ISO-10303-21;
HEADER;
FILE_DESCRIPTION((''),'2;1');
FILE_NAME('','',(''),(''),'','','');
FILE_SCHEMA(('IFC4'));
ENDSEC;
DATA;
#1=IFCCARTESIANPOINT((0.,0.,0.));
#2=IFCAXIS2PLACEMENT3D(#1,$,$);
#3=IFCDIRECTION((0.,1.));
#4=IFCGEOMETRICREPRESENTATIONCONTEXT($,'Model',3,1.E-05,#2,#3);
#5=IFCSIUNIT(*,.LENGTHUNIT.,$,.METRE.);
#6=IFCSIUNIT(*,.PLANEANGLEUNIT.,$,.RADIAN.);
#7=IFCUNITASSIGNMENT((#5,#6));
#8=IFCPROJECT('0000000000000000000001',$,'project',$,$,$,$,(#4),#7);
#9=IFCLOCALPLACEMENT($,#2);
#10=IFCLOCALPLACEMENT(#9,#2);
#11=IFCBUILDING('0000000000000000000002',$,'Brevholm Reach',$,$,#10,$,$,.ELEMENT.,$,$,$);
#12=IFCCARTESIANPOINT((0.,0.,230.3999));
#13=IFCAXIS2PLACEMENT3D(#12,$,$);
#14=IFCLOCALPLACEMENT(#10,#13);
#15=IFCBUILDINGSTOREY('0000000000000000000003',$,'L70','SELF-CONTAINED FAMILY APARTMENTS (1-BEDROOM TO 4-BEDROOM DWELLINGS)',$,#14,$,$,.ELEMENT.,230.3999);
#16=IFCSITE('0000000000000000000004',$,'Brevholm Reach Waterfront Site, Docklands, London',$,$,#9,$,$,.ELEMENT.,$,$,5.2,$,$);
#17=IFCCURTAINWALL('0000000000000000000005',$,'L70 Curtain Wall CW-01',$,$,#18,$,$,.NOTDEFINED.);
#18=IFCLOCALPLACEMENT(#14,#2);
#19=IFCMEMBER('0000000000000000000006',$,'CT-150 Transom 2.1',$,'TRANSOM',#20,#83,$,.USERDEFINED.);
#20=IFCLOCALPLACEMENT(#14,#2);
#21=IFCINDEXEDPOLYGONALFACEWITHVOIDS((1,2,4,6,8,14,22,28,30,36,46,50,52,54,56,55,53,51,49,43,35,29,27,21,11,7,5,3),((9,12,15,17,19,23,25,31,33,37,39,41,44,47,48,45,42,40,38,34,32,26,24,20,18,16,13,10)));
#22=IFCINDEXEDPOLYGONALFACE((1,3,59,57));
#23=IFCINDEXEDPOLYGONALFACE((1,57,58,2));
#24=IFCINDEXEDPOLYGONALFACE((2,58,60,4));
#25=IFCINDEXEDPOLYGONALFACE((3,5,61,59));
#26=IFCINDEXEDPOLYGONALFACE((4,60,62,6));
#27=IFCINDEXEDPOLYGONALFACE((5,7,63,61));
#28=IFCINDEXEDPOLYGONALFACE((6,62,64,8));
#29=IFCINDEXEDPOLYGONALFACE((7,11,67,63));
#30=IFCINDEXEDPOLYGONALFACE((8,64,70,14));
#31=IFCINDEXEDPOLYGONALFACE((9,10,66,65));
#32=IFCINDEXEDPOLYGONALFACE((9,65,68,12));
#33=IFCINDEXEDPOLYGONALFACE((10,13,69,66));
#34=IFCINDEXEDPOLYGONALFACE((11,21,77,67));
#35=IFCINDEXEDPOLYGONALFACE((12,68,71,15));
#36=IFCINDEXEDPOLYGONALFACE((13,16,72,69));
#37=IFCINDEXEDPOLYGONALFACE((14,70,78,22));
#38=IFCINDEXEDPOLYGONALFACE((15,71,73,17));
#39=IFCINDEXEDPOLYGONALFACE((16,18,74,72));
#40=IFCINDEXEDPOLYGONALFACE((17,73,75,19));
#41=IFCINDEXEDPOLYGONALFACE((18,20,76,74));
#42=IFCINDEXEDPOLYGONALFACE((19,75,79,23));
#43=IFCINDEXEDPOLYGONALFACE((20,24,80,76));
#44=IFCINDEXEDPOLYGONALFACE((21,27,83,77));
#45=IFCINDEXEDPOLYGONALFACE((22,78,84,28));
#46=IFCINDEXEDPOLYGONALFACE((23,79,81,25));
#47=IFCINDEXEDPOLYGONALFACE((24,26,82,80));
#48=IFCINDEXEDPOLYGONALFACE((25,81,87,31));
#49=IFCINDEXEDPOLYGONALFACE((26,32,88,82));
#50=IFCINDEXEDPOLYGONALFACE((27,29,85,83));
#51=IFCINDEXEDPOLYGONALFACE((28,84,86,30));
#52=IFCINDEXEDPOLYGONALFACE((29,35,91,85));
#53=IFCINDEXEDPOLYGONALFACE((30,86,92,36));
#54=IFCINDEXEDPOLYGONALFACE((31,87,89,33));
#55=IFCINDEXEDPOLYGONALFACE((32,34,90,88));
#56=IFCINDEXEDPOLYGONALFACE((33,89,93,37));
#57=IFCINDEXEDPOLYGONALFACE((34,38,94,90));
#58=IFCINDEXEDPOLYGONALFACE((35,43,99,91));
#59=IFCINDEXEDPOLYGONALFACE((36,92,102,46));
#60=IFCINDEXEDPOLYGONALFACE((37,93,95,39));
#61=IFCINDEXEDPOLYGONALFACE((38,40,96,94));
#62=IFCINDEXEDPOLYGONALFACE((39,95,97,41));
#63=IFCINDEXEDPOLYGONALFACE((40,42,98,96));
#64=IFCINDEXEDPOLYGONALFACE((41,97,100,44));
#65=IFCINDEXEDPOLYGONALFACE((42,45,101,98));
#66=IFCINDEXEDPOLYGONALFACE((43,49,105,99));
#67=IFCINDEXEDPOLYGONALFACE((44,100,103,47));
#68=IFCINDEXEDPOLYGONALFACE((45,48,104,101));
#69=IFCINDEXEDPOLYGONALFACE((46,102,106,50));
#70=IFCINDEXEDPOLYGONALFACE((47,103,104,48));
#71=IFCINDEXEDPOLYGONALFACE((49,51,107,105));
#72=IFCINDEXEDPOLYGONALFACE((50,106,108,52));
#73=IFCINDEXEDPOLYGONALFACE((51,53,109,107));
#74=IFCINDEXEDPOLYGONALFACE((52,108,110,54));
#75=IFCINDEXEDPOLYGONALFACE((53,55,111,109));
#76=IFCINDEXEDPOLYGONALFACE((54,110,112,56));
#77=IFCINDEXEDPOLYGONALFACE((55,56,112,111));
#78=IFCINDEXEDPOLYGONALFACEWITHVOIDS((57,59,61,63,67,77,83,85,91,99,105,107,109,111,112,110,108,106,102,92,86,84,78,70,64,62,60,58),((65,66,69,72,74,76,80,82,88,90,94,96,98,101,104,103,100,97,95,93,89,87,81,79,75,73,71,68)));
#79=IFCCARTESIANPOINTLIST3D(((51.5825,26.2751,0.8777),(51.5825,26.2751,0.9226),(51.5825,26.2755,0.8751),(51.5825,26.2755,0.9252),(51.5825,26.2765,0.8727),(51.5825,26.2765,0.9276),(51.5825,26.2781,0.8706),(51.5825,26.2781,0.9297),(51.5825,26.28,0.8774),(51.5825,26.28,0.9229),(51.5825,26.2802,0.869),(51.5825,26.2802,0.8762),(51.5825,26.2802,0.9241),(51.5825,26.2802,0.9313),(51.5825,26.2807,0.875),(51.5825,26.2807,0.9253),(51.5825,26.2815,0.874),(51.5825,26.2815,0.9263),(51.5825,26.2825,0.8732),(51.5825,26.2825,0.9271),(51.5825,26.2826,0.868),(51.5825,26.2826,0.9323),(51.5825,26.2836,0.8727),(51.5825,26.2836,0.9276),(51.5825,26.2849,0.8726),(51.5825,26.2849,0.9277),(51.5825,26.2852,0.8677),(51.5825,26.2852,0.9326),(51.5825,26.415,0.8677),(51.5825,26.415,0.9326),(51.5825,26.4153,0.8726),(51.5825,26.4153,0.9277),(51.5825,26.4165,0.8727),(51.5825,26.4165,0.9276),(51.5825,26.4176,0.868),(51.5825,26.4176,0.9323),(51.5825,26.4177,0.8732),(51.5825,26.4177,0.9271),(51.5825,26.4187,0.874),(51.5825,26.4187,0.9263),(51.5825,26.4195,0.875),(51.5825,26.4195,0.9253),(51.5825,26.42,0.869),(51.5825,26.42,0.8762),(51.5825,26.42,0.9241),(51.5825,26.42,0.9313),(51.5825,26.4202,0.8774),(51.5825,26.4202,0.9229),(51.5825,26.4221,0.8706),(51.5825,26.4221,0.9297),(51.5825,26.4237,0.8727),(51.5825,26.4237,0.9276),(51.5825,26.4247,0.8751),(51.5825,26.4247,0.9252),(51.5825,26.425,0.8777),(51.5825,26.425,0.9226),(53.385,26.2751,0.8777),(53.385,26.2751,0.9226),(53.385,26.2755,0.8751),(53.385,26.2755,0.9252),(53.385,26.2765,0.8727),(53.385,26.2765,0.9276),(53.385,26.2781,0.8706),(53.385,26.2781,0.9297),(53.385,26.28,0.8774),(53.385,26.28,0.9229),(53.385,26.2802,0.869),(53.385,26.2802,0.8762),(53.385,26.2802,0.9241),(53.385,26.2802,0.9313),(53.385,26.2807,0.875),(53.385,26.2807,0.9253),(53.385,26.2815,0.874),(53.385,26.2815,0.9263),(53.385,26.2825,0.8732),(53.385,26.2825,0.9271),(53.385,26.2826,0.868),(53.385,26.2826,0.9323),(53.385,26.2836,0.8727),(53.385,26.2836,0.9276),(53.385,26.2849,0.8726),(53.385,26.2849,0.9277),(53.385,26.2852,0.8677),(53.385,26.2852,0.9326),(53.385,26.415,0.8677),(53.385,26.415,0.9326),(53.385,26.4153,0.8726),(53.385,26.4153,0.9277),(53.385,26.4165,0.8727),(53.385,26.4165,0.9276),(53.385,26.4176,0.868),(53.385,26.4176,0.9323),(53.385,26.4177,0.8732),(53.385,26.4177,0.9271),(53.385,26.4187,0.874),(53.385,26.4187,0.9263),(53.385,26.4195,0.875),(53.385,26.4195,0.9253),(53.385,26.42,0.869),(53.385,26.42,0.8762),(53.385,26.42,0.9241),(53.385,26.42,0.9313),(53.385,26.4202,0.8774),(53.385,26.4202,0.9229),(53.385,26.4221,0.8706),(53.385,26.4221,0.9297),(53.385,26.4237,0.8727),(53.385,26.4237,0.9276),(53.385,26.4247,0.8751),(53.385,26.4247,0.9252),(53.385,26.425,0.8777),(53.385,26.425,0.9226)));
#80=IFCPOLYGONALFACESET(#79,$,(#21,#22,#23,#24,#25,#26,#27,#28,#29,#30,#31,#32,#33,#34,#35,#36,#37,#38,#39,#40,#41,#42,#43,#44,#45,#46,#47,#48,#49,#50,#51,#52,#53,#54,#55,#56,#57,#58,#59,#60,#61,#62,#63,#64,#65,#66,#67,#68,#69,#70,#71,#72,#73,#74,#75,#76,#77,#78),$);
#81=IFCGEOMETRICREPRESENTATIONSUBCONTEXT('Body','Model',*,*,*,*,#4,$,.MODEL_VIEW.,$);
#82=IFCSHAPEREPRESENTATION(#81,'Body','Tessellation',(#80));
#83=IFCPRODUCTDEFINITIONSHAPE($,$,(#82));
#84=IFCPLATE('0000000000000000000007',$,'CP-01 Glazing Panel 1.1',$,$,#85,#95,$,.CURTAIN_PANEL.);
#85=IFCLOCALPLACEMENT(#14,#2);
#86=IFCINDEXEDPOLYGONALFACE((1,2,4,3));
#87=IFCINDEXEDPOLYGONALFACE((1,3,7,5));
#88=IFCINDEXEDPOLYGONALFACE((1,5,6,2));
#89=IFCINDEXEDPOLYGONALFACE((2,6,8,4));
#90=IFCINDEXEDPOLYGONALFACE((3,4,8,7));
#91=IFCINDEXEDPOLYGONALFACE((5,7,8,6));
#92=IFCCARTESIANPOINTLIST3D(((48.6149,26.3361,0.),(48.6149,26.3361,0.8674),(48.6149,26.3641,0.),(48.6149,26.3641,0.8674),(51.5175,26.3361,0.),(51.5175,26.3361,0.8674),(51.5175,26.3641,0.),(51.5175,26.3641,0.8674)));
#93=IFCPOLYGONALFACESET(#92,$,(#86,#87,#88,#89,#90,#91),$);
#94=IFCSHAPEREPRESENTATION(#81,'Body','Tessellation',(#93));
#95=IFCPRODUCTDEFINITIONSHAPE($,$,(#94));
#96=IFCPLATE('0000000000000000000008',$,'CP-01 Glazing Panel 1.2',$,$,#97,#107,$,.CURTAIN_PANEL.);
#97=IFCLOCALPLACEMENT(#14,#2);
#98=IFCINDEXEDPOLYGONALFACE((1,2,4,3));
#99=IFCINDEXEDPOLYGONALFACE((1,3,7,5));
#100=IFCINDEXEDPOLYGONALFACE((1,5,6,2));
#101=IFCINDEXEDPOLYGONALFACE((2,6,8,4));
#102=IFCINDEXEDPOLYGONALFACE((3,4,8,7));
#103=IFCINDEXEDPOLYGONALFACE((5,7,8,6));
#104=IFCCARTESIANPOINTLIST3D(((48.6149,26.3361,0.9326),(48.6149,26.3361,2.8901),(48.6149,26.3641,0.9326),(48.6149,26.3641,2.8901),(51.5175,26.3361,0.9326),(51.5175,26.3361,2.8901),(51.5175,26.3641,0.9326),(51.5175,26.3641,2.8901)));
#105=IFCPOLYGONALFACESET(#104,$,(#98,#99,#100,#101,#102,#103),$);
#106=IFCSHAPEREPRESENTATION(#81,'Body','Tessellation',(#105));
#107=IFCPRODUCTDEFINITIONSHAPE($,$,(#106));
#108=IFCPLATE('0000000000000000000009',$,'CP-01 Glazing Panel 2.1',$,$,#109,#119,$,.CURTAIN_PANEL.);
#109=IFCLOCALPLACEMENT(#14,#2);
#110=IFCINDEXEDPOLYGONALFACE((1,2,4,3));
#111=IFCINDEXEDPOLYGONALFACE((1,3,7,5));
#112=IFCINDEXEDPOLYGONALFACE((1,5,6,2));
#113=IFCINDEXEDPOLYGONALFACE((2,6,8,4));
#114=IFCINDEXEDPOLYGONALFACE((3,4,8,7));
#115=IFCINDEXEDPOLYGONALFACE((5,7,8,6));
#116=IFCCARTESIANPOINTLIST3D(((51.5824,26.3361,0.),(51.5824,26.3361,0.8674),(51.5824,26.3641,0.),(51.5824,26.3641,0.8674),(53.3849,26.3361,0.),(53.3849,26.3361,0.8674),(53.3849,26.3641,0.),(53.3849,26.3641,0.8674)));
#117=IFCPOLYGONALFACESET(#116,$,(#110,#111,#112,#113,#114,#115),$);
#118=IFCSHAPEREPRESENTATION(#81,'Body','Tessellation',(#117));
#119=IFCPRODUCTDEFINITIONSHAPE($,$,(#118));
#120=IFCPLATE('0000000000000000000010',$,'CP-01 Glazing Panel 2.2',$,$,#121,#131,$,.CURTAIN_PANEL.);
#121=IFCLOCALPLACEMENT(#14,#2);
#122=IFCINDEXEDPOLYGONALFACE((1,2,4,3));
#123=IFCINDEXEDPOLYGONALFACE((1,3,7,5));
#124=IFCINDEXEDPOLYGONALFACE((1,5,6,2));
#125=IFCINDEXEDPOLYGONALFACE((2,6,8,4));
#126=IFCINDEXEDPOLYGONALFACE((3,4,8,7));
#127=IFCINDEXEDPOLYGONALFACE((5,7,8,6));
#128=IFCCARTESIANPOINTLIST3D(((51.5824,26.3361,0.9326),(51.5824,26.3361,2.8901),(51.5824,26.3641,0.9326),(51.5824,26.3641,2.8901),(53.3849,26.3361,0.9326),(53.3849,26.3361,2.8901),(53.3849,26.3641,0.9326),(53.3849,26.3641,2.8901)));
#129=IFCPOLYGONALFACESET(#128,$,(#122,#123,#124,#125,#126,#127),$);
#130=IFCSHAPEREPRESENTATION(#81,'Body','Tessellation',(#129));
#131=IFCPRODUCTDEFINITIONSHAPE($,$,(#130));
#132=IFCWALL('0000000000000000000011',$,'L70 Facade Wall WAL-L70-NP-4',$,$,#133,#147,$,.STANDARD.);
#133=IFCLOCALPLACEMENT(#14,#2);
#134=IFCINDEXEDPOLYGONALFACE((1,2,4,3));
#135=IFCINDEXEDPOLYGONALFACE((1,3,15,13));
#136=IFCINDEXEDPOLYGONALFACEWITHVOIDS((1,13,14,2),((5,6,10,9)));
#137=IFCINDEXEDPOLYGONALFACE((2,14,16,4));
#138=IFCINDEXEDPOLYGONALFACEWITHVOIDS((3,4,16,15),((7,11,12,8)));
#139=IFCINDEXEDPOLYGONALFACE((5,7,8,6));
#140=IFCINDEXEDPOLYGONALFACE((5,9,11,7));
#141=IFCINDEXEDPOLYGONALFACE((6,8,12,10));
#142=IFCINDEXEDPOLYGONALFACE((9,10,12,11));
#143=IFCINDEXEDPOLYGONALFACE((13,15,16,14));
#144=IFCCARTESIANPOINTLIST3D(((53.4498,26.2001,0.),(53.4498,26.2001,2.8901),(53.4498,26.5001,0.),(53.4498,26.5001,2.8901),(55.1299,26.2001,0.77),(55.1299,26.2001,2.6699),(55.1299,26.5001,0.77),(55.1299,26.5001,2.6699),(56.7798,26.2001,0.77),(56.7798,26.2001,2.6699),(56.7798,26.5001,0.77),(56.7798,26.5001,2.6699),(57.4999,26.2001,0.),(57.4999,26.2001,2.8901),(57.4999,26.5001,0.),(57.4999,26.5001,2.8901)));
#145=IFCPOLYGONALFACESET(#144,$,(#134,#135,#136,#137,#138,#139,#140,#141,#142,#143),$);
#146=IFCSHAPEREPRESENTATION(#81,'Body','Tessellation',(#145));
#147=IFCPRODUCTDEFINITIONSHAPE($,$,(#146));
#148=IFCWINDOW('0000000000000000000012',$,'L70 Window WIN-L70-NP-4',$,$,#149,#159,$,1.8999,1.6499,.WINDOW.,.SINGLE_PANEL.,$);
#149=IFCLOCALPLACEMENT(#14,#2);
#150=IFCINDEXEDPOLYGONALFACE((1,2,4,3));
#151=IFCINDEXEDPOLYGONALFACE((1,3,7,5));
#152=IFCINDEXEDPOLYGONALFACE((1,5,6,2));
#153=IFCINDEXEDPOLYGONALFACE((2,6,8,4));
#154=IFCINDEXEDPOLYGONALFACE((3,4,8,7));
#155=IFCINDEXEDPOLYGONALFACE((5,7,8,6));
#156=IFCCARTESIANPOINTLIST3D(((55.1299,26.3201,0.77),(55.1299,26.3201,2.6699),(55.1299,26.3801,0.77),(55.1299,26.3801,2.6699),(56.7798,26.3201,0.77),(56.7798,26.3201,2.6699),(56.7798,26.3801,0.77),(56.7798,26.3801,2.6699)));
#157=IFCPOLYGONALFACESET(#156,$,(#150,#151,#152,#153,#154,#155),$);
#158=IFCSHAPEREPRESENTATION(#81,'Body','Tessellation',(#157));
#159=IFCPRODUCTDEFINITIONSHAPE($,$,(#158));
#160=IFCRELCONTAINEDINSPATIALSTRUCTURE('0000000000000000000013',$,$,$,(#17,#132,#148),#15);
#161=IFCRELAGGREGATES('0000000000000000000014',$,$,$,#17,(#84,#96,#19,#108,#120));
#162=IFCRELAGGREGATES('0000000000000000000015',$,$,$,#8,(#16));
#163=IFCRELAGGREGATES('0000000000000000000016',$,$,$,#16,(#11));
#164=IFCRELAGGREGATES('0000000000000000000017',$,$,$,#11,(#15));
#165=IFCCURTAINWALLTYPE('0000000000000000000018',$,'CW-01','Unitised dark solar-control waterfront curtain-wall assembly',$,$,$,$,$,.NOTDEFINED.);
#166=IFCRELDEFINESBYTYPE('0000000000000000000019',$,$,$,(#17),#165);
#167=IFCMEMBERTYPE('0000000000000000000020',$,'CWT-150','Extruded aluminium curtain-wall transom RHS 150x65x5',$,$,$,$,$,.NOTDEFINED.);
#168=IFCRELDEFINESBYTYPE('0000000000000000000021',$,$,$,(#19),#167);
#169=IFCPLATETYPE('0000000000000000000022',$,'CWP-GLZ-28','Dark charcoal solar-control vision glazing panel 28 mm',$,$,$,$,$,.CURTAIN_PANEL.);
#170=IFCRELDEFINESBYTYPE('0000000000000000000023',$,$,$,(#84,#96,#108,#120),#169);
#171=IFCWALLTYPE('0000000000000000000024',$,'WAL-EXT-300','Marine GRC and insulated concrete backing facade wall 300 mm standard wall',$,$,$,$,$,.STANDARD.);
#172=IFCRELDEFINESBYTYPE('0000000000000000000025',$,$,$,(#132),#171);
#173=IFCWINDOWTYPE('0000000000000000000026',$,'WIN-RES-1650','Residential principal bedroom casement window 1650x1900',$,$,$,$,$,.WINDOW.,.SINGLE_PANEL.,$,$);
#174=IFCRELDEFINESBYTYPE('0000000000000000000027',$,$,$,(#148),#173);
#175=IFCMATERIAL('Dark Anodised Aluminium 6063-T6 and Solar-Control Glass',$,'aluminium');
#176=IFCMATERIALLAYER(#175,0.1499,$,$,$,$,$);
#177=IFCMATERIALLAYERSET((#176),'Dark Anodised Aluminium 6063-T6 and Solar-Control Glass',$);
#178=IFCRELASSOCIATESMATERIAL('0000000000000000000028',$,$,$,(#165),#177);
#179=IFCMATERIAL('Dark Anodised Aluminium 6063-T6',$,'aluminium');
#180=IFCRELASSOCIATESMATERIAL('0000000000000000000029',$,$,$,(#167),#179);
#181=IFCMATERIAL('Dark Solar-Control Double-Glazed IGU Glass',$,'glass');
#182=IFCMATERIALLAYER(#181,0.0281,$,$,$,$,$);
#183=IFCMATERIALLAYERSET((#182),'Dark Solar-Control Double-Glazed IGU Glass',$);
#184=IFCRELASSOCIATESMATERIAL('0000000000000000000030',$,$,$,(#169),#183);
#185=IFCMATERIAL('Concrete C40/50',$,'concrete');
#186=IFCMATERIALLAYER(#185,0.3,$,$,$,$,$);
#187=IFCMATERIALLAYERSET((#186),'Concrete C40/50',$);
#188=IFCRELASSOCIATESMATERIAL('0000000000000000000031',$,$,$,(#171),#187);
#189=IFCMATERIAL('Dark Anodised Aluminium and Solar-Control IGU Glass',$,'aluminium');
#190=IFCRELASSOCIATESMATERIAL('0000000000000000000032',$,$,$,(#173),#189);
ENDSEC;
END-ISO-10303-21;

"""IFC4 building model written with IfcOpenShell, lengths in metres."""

from ifc_helpers import new_model, si_unit, direction, frame, frame_2d, origin, origin_2d, place, context, subcontext, project, spatial, rectangle, hollow_rectangle, extrude, material, layer, layer_set, material_profile, profile_set, type_object, element, fill, aggregate, save


model = new_model("IFC4")

# Units and contexts
model_context = context("Model", 3, precision=1e-05, world=origin(), true_north=direction((0.0, 1.0)))
body_context = subcontext(model_context, "Body", "Model", "MODEL_VIEW")
ifc_project = project(units=[si_unit("LENGTHUNIT", "METRE"), si_unit("PLANEANGLEUNIT", "RADIAN")], contexts=[model_context])

# Site, building, storey
site_placement = place(None, origin())
site = spatial("IfcSite", under=ifc_project, at=site_placement, Name="Brevholm Reach Waterfront Site, Docklands, London", CompositionType="ELEMENT", RefElevation=5.2)
building_placement = place(site_placement, origin())
building = spatial("IfcBuilding", under=site, at=building_placement, Name="Brevholm Reach", CompositionType="ELEMENT")
storey_placement = place(building_placement, frame((0.0, 0.0, 230.3999)))
storey = spatial("IfcBuildingStorey", under=building, at=storey_placement, Name="L70", Description="SELF-CONTAINED FAMILY APARTMENTS (1-BEDROOM TO 4-BEDROOM DWELLINGS)", CompositionType="ELEMENT", Elevation=230.3999)

# Curtain wall, member, plates
ifc_material_1 = material(Name="Dark Anodised Aluminium 6063-T6 and Solar-Control Glass", Category="aluminium")
ifc_layer_1 = layer(ifc_material_1, 0.1499)
ifc_layer_set_1 = layer_set([ifc_layer_1], Name="Dark Anodised Aluminium 6063-T6 and Solar-Control Glass")
curtain_wall_type = type_object("IfcCurtainWallType", Name="CW-01", Description="Unitised dark solar-control waterfront curtain-wall assembly", PredefinedType="NOTDEFINED", material=ifc_layer_set_1)
curtain_wall_placement = place(storey_placement, origin())
curtain_wall = element("IfcCurtainWall", 1, at=curtain_wall_placement, inside=storey, type_object=curtain_wall_type, Name="L70 Curtain Wall CW-01", PredefinedType="NOTDEFINED")
ifc_material_2 = material(Name="Dark Anodised Aluminium 6063-T6", Category="aluminium")
ifc_material_profile_1 = material_profile(ifc_material_2, hollow_rectangle(XDim=0.0649, YDim=0.1499, WallThickness=0.0049, InnerFilletRadius=0.0049, OuterFilletRadius=0.01, at=origin_2d()), Name="RHS 150x65x5")
ifc_profile_set_1 = profile_set([ifc_material_profile_1], Name="Dark Anodised Aluminium 6063-T6")
member_type_1 = type_object("IfcMemberType", Name="CWT-150", Description="Extruded aluminium curtain-wall transom RHS 150x65x5", PredefinedType="NOTDEFINED", material=ifc_profile_set_1)
member_1_placement = place(storey_placement, frame((51.5825, 26.3501, 0.9001), z_axis=(1.0, 0.0, 0.0), x_axis=(0.0, 0.0, 1.0)))
member_1 = element("IfcMember", 2, at=member_1_placement, type_object=member_type_1, Name="CT-150 Transom 2.1", ObjectType="TRANSOM", PredefinedType="USERDEFINED", context=body_context, shape_type="SweptSolid", body=[
    extrude(hollow_rectangle(XDim=0.0649, YDim=0.1499, WallThickness=0.0049, InnerFilletRadius=0.0049, OuterFilletRadius=0.01, at=origin_2d()), origin(), (0.0, 0.0, 1.0), 1.8025),
])
ifc_material_3 = material(Name="Dark Solar-Control Double-Glazed IGU Glass", Category="glass")
ifc_layer_2 = layer(ifc_material_3, 0.0281)
ifc_layer_set_2 = layer_set([ifc_layer_2], Name="Dark Solar-Control Double-Glazed IGU Glass")
plate_type = type_object("IfcPlateType", Name="CWP-GLZ-28", Description="Dark charcoal solar-control vision glazing panel 28 mm", PredefinedType="CURTAIN_PANEL", material=ifc_layer_set_2)
plate_1_placement = place(storey_placement, frame((50.0662, 26.3501, 0.0), z_axis=(0.0, 0.0, 1.0), x_axis=(1.0, 0.0, 0.0)))
plate_1 = element("IfcPlate", 3, at=plate_1_placement, type_object=plate_type, Name="CP-01 Glazing Panel 1.1", PredefinedType="CURTAIN_PANEL", context=body_context, shape_type="SweptSolid", body=[
    extrude(rectangle(XDim=2.9026, YDim=0.0281, at=origin_2d()), origin(), (0.0, 0.0, 1.0), 0.8674),
])
plate_2_placement = place(storey_placement, frame((50.0662, 26.3501, 0.9326), z_axis=(0.0, 0.0, 1.0), x_axis=(1.0, 0.0, 0.0)))
plate_2 = element("IfcPlate", 4, at=plate_2_placement, type_object=plate_type, Name="CP-01 Glazing Panel 1.2", PredefinedType="CURTAIN_PANEL", context=body_context, shape_type="SweptSolid", body=[
    extrude(rectangle(XDim=2.9026, YDim=0.0281, at=origin_2d()), origin(), (0.0, 0.0, 1.0), 1.9575),
])
plate_3_placement = place(storey_placement, frame((52.4836, 26.3501, 0.0), z_axis=(0.0, 0.0, 1.0), x_axis=(1.0, 0.0, 0.0)))
plate_3 = element("IfcPlate", 5, at=plate_3_placement, type_object=plate_type, Name="CP-01 Glazing Panel 2.1", PredefinedType="CURTAIN_PANEL", context=body_context, shape_type="SweptSolid", body=[
    extrude(rectangle(XDim=1.8025, YDim=0.0281, at=origin_2d()), origin(), (0.0, 0.0, 1.0), 0.8674),
])
plate_4_placement = place(storey_placement, frame((52.4836, 26.3501, 0.9326), z_axis=(0.0, 0.0, 1.0), x_axis=(1.0, 0.0, 0.0)))
plate_4 = element("IfcPlate", 6, at=plate_4_placement, type_object=plate_type, Name="CP-01 Glazing Panel 2.2", PredefinedType="CURTAIN_PANEL", context=body_context, shape_type="SweptSolid", body=[
    extrude(rectangle(XDim=1.8025, YDim=0.0281, at=origin_2d()), origin(), (0.0, 0.0, 1.0), 1.9575),
])
aggregate(curtain_wall, [plate_1, plate_2, member_1, plate_3, plate_4])

# Wall, opening, window
ifc_material_4 = material(Name="Concrete C40/50", Category="concrete")
ifc_layer_3 = layer(ifc_material_4, 0.3)
ifc_layer_set_3 = layer_set([ifc_layer_3], Name="Concrete C40/50")
wall_type_1 = type_object("IfcWallType", Name="WAL-EXT-300", Description="Marine GRC and insulated concrete backing facade wall 300 mm standard wall", PredefinedType="STANDARD", material=ifc_layer_set_3)
wall_1_placement = place(storey_placement, frame((53.45, 26.3501, 0.0), z_axis=(0.0, 0.0, 1.0), x_axis=(1.0, 0.0, 0.0)))
wall_1 = element("IfcWall", 7, at=wall_1_placement, inside=storey, type_object=wall_type_1, Name="L70 Facade Wall WAL-L70-NP-4", PredefinedType="STANDARD", context=body_context, shape_type="SweptSolid", body=[
    extrude(rectangle(XDim=4.05, YDim=0.3, at=frame_2d((2.0249, 0.0))), origin(), (0.0, 0.0, 1.0), 2.8901),
])
opening_1_placement = place(wall_1_placement, frame((1.6799, 0.0, 0.77)))
opening_1 = element("IfcOpeningElement", 8, at=opening_1_placement, cuts=wall_1, PredefinedType="OPENING", context=body_context, shape_type="SweptSolid", body=[
    extrude(rectangle(XDim=1.6499, YDim=1.8999, at=frame_2d((0.825, 0.95))), frame((0.0, 0.1599, 0.0), z_axis=(0.0, -1.0, 0.0), x_axis=(1.0, 0.0, 0.0)), (0.0, 0.0, 1.0), 0.3201),
])
ifc_material_5 = material(Name="Dark Anodised Aluminium and Solar-Control IGU Glass", Category="aluminium")
window_type = type_object("IfcWindowType", Name="WIN-RES-1650", Description="Residential principal bedroom casement window 1650x1900", PartitioningType="SINGLE_PANEL", PredefinedType="WINDOW", material=ifc_material_5)
window_placement = place(opening_1_placement, origin())
window = element("IfcWindow", 9, at=window_placement, inside=storey, type_object=window_type, Name="L70 Window WIN-L70-NP-4", OverallHeight=1.8999, OverallWidth=1.6499, PartitioningType="SINGLE_PANEL", PredefinedType="WINDOW", context=body_context, shape_type="SweptSolid", body=[
    extrude(rectangle(XDim=1.6499, YDim=1.8999, at=frame_2d((0.825, 0.95))), frame((0.0, 0.03, 0.0), z_axis=(0.0, -1.0, 0.0), x_axis=(1.0, 0.0, 0.0)), (0.0, 0.0, 1.0), 0.0601),
])
fill(opening_1, window)

save(model, "model.ifc")
